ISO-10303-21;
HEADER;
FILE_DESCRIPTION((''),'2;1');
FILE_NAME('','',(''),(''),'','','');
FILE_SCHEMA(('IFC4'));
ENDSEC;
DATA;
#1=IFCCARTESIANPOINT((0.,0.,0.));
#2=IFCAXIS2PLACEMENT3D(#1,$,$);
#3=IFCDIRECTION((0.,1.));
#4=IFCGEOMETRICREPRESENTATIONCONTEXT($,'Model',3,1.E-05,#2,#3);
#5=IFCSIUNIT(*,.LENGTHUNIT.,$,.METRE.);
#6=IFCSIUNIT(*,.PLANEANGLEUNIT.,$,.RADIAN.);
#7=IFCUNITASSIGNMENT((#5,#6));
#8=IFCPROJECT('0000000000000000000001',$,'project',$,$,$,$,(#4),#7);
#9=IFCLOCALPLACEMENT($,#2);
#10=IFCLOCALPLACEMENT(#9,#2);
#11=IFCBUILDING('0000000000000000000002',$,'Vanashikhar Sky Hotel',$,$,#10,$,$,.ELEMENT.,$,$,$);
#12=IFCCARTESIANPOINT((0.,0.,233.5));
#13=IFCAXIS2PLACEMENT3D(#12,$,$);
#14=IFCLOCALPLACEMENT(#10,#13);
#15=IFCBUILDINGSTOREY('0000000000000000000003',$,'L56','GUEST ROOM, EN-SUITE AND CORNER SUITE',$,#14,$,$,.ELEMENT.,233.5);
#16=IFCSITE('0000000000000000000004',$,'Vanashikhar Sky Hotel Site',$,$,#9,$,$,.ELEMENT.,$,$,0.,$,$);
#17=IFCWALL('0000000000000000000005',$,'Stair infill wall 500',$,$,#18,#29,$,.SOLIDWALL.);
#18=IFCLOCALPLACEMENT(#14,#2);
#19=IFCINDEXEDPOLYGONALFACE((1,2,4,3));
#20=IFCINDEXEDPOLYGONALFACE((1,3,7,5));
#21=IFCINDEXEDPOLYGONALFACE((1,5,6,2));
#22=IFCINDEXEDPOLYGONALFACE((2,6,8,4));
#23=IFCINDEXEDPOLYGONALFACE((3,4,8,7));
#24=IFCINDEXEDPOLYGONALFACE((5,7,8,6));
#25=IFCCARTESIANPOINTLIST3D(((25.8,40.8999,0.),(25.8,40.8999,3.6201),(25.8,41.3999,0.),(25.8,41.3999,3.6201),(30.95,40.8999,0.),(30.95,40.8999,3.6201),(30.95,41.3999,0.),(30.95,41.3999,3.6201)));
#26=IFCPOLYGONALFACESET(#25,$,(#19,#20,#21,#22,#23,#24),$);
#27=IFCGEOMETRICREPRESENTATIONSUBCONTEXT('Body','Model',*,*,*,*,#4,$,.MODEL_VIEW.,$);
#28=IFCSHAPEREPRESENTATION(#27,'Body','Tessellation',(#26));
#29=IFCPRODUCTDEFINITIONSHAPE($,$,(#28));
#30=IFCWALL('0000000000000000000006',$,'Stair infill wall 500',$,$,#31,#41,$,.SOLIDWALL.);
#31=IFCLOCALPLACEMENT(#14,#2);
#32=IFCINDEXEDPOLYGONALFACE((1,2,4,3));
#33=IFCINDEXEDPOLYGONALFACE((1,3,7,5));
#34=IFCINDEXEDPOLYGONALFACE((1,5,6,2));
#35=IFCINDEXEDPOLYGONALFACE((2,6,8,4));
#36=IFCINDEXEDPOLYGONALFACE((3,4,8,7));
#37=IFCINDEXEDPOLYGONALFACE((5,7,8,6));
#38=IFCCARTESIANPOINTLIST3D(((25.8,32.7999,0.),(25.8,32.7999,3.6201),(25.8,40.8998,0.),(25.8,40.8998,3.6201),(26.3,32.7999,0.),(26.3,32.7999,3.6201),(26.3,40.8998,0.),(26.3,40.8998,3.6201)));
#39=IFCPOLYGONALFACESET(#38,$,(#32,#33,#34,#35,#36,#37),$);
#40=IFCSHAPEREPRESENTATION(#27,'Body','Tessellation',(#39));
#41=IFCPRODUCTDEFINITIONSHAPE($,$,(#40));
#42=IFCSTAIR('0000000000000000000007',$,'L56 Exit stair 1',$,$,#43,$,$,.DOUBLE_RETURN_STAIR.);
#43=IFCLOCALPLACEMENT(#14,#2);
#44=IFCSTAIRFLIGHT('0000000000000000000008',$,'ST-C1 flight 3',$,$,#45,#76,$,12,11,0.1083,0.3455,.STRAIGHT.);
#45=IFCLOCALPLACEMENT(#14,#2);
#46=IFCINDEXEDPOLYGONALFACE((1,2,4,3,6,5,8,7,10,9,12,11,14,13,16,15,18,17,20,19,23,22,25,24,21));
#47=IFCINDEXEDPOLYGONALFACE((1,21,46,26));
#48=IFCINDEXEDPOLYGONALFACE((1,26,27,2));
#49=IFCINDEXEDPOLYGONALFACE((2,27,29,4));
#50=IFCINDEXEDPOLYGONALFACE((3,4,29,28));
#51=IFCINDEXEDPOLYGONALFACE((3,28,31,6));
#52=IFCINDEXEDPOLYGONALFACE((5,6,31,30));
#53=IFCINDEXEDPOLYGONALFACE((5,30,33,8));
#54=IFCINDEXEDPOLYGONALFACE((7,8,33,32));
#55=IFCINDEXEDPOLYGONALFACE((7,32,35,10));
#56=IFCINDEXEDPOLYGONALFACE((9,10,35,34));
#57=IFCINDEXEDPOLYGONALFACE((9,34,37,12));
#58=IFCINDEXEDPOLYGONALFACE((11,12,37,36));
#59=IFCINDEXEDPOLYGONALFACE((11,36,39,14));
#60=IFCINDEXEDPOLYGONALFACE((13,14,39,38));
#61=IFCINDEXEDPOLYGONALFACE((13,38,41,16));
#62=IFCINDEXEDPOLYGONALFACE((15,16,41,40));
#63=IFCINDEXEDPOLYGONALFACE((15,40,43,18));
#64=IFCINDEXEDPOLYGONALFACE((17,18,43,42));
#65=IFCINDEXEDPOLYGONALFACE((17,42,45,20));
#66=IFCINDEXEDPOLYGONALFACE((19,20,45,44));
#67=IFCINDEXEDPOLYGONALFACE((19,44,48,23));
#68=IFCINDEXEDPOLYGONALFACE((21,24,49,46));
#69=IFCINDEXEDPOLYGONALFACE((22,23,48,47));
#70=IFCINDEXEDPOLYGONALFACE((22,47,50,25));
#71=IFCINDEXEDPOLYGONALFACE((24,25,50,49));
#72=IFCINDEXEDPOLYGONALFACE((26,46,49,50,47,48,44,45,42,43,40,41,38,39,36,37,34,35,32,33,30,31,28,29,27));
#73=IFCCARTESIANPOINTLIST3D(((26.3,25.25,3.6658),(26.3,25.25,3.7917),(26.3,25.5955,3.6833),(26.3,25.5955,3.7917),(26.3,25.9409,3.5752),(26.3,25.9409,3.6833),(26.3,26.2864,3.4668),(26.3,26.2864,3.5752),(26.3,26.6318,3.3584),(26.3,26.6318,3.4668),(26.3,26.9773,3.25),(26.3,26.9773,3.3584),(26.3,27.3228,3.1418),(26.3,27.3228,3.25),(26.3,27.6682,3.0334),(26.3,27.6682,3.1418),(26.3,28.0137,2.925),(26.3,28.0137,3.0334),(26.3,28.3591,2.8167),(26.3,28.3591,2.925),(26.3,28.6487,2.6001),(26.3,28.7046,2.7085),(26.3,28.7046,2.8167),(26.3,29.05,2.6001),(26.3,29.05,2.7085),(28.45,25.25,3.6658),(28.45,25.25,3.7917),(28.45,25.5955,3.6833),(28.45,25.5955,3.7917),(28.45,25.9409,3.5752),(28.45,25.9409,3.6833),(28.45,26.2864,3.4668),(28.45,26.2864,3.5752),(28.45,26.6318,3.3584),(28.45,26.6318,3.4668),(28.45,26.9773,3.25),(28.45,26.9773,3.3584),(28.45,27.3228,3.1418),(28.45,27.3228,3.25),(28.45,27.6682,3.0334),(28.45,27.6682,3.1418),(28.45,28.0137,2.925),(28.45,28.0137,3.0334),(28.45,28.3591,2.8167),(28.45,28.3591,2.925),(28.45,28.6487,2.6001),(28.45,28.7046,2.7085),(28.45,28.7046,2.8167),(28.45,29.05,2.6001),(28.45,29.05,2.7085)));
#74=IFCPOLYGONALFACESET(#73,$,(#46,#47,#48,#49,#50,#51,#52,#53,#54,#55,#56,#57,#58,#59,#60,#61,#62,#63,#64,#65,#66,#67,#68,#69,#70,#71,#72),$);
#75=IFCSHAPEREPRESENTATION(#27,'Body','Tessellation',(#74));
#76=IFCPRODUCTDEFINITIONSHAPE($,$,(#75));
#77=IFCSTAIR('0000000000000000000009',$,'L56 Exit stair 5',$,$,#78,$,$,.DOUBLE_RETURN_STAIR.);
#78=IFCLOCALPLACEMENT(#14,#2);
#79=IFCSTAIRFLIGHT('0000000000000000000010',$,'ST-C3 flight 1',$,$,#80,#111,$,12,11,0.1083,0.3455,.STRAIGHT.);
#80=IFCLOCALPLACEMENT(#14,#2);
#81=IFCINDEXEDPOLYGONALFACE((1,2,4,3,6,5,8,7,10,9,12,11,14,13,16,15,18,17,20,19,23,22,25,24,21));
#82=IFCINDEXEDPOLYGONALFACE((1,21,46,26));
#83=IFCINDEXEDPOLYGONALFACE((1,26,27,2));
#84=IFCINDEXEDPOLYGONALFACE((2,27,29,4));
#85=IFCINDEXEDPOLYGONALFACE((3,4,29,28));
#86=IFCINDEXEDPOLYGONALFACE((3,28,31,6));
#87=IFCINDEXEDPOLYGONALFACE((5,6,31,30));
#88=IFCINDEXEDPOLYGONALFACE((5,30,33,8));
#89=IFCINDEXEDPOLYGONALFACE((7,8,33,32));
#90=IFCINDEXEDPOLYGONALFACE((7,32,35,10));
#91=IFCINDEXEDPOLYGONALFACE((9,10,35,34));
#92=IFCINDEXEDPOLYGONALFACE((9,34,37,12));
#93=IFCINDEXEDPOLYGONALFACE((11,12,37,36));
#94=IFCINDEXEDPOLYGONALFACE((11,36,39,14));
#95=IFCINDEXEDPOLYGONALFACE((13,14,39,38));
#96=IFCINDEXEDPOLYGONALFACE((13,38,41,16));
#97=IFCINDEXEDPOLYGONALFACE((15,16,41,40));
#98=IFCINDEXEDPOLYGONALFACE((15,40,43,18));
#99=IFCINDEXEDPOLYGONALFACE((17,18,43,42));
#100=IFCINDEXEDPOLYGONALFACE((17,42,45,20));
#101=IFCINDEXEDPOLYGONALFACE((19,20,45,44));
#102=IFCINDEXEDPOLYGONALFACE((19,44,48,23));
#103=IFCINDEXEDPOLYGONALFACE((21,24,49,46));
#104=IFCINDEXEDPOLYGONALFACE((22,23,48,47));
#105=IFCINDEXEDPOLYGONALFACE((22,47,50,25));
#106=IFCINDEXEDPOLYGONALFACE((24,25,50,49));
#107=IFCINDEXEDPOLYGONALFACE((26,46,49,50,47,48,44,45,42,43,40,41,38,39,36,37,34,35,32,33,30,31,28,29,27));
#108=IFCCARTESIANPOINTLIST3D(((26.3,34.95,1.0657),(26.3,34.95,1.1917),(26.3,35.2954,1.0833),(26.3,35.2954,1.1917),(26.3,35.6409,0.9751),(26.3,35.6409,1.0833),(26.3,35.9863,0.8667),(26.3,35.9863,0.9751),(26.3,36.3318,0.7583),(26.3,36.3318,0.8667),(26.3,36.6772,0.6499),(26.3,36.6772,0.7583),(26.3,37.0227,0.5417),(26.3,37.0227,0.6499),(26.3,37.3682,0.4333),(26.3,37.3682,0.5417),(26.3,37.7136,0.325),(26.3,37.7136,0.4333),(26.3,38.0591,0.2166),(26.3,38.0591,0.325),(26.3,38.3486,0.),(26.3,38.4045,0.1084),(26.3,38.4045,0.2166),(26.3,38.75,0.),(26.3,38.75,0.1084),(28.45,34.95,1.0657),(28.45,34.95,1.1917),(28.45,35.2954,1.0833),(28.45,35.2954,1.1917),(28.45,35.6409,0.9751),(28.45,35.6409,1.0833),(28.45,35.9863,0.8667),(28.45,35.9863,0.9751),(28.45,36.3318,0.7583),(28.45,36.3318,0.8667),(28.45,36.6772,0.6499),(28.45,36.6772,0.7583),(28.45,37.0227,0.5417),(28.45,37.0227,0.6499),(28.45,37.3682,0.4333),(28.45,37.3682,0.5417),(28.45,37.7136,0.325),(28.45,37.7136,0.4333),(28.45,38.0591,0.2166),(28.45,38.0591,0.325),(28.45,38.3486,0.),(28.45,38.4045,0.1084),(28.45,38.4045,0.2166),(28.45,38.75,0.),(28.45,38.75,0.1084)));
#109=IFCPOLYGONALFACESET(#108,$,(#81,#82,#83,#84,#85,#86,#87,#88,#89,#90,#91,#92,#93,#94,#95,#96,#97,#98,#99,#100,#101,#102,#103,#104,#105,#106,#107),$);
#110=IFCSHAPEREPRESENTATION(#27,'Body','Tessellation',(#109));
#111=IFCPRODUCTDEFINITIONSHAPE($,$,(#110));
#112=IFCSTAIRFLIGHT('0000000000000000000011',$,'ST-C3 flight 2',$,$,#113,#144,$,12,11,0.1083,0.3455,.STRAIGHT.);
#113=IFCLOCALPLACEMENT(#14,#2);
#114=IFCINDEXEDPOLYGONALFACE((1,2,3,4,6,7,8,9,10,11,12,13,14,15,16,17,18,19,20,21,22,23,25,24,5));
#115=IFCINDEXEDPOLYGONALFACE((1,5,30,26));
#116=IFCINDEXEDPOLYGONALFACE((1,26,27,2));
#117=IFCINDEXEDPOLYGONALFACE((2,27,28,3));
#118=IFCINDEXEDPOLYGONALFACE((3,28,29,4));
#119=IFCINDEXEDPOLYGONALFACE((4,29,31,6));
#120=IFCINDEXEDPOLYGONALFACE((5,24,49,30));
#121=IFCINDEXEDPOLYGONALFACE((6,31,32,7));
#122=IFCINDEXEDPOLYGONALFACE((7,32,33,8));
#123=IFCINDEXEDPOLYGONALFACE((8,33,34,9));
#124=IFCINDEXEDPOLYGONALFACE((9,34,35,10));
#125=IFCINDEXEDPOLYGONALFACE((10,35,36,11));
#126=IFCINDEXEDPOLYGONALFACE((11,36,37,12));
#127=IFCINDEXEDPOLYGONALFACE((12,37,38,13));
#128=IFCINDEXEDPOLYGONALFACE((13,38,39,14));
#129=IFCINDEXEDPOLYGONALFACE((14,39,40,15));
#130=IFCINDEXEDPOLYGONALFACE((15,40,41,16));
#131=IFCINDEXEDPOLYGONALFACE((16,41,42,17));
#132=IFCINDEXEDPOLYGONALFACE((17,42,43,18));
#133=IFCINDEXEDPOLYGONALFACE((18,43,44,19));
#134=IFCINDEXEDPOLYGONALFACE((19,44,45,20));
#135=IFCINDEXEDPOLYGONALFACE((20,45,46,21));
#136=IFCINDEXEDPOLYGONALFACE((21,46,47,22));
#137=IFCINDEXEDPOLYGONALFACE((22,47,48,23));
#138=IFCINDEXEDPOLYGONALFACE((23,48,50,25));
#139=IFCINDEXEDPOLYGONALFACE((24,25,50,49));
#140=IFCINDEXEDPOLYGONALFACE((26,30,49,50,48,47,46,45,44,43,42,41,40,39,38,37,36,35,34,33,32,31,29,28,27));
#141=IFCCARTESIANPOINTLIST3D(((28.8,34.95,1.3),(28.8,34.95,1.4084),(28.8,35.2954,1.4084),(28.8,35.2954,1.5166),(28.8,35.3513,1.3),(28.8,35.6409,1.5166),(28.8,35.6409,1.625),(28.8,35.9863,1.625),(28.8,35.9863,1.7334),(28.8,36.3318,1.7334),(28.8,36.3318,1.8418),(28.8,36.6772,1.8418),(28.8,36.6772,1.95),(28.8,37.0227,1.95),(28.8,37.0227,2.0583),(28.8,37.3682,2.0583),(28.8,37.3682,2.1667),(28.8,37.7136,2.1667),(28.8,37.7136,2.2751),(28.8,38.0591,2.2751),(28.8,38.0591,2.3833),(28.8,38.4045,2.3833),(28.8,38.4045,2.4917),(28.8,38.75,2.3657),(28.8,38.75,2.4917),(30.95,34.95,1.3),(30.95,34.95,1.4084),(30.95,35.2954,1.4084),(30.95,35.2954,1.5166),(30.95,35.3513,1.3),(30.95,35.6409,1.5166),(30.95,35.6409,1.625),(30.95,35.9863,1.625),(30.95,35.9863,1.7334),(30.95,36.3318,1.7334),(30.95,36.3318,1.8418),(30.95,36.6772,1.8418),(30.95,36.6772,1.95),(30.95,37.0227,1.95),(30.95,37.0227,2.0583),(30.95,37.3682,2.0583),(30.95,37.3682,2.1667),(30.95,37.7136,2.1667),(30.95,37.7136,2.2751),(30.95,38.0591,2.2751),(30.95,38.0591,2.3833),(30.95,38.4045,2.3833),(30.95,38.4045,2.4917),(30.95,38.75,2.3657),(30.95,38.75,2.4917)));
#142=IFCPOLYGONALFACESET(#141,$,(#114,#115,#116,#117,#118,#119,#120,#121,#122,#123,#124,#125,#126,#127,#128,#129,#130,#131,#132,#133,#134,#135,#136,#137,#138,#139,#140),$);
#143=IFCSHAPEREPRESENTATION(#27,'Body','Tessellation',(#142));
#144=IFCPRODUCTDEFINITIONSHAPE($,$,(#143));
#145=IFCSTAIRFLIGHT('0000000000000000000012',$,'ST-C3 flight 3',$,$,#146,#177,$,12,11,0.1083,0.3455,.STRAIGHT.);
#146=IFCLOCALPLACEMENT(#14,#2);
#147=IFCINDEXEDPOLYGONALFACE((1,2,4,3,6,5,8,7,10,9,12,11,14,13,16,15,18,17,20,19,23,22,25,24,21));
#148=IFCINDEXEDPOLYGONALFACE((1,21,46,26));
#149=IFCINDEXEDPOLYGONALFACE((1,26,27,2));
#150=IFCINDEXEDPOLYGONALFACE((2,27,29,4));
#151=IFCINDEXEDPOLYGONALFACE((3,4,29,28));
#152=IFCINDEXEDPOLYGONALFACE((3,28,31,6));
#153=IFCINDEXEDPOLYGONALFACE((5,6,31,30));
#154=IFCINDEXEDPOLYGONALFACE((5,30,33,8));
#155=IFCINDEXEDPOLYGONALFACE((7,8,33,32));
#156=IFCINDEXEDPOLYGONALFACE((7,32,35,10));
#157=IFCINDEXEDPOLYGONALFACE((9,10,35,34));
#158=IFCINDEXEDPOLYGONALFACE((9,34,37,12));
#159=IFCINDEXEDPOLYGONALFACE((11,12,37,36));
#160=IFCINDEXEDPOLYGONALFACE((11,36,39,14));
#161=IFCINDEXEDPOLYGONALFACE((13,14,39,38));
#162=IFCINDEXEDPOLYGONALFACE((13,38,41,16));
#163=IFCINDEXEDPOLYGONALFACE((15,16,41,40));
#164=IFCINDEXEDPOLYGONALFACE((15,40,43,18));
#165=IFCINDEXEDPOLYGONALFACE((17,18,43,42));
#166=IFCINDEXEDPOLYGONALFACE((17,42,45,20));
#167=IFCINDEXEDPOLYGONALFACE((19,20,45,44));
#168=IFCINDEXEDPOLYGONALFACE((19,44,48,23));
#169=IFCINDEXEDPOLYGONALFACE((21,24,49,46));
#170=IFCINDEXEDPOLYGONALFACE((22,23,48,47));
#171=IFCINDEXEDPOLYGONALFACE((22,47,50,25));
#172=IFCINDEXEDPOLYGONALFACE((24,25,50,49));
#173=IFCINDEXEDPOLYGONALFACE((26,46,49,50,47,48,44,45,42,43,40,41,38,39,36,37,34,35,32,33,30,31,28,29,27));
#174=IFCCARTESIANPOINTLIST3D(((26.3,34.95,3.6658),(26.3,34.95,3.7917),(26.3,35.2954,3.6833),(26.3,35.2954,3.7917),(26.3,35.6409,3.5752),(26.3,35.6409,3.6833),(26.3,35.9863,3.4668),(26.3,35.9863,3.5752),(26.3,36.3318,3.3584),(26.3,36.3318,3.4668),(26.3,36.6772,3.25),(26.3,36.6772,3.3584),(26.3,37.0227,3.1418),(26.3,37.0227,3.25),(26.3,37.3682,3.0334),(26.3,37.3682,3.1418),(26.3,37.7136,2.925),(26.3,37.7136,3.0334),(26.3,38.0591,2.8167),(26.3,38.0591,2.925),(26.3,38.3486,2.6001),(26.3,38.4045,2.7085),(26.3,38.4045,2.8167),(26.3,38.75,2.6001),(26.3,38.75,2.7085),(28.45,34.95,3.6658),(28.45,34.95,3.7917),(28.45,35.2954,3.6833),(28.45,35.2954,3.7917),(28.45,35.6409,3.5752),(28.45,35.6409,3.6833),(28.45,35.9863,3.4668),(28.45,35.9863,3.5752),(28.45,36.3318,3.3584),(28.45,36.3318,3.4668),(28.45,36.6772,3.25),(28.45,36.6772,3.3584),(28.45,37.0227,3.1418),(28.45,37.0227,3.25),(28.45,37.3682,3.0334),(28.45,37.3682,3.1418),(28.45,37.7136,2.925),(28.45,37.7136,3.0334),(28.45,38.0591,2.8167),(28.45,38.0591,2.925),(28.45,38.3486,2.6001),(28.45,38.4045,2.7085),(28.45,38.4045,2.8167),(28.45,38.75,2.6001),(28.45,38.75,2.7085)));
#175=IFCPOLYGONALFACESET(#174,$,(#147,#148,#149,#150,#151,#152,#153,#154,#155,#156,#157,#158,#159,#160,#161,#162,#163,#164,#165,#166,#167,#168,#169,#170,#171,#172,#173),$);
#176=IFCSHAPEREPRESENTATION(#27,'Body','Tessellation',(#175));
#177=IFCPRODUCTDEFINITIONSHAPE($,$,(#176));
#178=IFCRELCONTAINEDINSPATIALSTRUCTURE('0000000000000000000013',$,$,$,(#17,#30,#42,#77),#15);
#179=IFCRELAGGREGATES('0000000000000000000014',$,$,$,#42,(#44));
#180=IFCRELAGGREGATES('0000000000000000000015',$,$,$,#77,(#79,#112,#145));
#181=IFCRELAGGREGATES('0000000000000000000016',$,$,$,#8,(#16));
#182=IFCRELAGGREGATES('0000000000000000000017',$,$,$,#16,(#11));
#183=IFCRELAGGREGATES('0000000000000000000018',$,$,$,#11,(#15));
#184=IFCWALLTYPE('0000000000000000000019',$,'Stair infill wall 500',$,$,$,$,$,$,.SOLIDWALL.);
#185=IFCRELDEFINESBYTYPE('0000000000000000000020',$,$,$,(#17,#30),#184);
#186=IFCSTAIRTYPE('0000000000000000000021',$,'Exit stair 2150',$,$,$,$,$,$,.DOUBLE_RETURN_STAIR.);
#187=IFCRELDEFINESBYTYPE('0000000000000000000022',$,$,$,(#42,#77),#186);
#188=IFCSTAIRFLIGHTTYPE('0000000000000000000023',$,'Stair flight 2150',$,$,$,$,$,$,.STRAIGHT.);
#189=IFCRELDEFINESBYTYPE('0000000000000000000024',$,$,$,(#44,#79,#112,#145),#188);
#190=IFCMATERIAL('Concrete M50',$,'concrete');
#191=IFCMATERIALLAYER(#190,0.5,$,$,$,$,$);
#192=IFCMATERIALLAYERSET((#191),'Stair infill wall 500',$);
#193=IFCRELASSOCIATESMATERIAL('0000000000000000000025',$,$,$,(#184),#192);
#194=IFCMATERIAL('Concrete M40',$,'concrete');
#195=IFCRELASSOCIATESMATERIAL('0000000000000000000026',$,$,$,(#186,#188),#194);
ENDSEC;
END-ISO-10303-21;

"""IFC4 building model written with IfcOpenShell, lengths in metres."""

from ifc_helpers import new_model, si_unit, direction, frame, frame_2d, origin, place, context, subcontext, project, spatial, polyline, rectangle, outline, extrude, source, transform, mapped, material, layer, layer_set, type_object, element, aggregate, save


model = new_model("IFC4")

# Units and contexts
model_context = context("Model", 3, precision=1e-05, world=origin(), true_north=direction((0.0, 1.0)))
body_context = subcontext(model_context, "Body", "Model", "MODEL_VIEW")
ifc_project = project(units=[si_unit("LENGTHUNIT", "METRE"), si_unit("PLANEANGLEUNIT", "RADIAN")], contexts=[model_context])

# Site, building, storey
site_placement = place(None, origin())
site = spatial("IfcSite", under=ifc_project, at=site_placement, Name="Vanashikhar Sky Hotel Site", CompositionType="ELEMENT", RefElevation=0.0)
building_placement = place(site_placement, origin())
building = spatial("IfcBuilding", under=site, at=building_placement, Name="Vanashikhar Sky Hotel", CompositionType="ELEMENT")
storey_placement = place(building_placement, frame((0.0, 0.0, 233.5)))
storey = spatial("IfcBuildingStorey", under=building, at=storey_placement, Name="L56", Description="GUEST ROOM, EN-SUITE AND CORNER SUITE", CompositionType="ELEMENT", Elevation=233.5)

# Shared definitions
ifc_material_1 = material(Name="Concrete M40", Category="concrete")

# Shared definitions
ifc_material_2 = material(Name="Concrete M50", Category="concrete")

# Walls
ifc_layer_1 = layer(ifc_material_2, 0.5)
ifc_layer_set_1 = layer_set([ifc_layer_1], Name="Stair infill wall 500")
wall_type_1 = type_object("IfcWallType", Name="Stair infill wall 500", PredefinedType="SOLIDWALL", material=ifc_layer_set_1)
shared_shape_1 = source(origin(), body_context, "Body", "SweptSolid", [
    extrude(rectangle(XDim=5.1499, YDim=0.5, at=frame_2d((2.575, 0.0))), origin(), (0.0, 0.0, 1.0), 3.6201),
])
wall_1_placement = place(storey_placement, frame((25.8, 41.1499, 0.0), z_axis=(0.0, 0.0, 1.0), x_axis=(1.0, 0.0, 0.0)))
element("IfcWall", 1, at=wall_1_placement, inside=storey, type_object=wall_type_1, Name="Stair infill wall 500", PredefinedType="SOLIDWALL", context=body_context, shape_type="MappedRepresentation", body=[
    mapped(shared_shape_1, transform((0.0, 0.0, 0.0), scale=1.0)),
])
shared_shape_2 = source(origin(), body_context, "Body", "SweptSolid", [
    extrude(rectangle(XDim=8.0999, YDim=0.5, at=frame_2d((4.0498, 0.0))), origin(), (0.0, 0.0, 1.0), 3.6201),
])
wall_2_placement = place(storey_placement, frame((26.05, 32.8, 0.0), z_axis=(0.0, 0.0, 1.0), x_axis=(0.0, 1.0, 0.0)))
element("IfcWall", 2, at=wall_2_placement, inside=storey, type_object=wall_type_1, Name="Stair infill wall 500", PredefinedType="SOLIDWALL", context=body_context, shape_type="MappedRepresentation", body=[
    mapped(shared_shape_2, transform((0.0, 0.0, 0.0), scale=1.0)),
])

# Stair, stair flight
stair_type = type_object("IfcStairType", Name="Exit stair 2150", PredefinedType="DOUBLE_RETURN_STAIR", material=ifc_material_1)
stair_1_placement = place(storey_placement, origin())
stair_1 = element("IfcStair", 3, at=stair_1_placement, inside=storey, type_object=stair_type, Name="L56 Exit stair 1", PredefinedType="DOUBLE_RETURN_STAIR")
stair_flight_type = type_object("IfcStairFlightType", Name="Stair flight 2150", PredefinedType="STRAIGHT", material=ifc_material_1)
shared_shape_3 = source(origin(), body_context, "Body", "SweptSolid", [
    extrude(outline(polyline([(0.0, 0.0), (0.0, 0.1084), (0.3455, 0.1084), (0.3455, 0.2166), (0.6909, 0.2166), (0.6909, 0.325), (1.0364, 0.325), (1.0364, 0.4333), (1.3818, 0.4333), (1.3818, 0.5417), (1.7273, 0.5417), (1.7273, 0.6499), (2.0728, 0.6499), (2.0728, 0.7583), (2.4182, 0.7583), (2.4182, 0.8667), (2.7637, 0.8667), (2.7637, 0.9751), (3.1091, 0.9751), (3.1091, 1.0833), (3.4546, 1.0833), (3.4546, 1.1917), (3.8, 1.1917), (3.8, 1.3), (3.8, 1.0657), (0.4014, 0.0), (0.0, 0.0)])), frame((0.0, 1.075, 0.0), z_axis=(0.0, -1.0, 0.0), x_axis=(1.0, 0.0, 0.0)), (0.0, 0.0, 1.0), 2.1499),
])
stair_flight_1_placement = place(storey_placement, frame((27.375, 29.05, 2.6001), z_axis=(0.0, 0.0, 1.0), x_axis=(0.0, -1.0, 0.0)))
stair_flight_1 = element("IfcStairFlight", 4, at=stair_flight_1_placement, type_object=stair_flight_type, Name="ST-C1 flight 3", NumberOfRisers=12, NumberOfTreads=11, PredefinedType="STRAIGHT", RiserHeight=0.1083, TreadLength=0.3455, context=body_context, shape_type="MappedRepresentation", body=[
    mapped(shared_shape_3, transform((0.0, 0.0, 0.0), scale=1.0)),
])
aggregate(stair_1, [stair_flight_1])

# Stair, stair flights
stair_2_placement = place(storey_placement, origin())
stair_2 = element("IfcStair", 5, at=stair_2_placement, inside=storey, type_object=stair_type, Name="L56 Exit stair 5", PredefinedType="DOUBLE_RETURN_STAIR")
stair_flight_2_placement = place(storey_placement, frame((27.375, 38.75, 0.0), z_axis=(0.0, 0.0, 1.0), x_axis=(0.0, -1.0, 0.0)))
stair_flight_2 = element("IfcStairFlight", 6, at=stair_flight_2_placement, type_object=stair_flight_type, Name="ST-C3 flight 1", NumberOfRisers=12, NumberOfTreads=11, PredefinedType="STRAIGHT", RiserHeight=0.1083, TreadLength=0.3455, context=body_context, shape_type="MappedRepresentation", body=[
    mapped(shared_shape_3, transform((0.0, 0.0, 0.0), scale=1.0)),
])
stair_flight_3_placement = place(storey_placement, frame((29.875, 34.95, 1.3), z_axis=(0.0, 0.0, 1.0), x_axis=(0.0, 1.0, 0.0)))
stair_flight_3 = element("IfcStairFlight", 7, at=stair_flight_3_placement, type_object=stair_flight_type, Name="ST-C3 flight 2", NumberOfRisers=12, NumberOfTreads=11, PredefinedType="STRAIGHT", RiserHeight=0.1083, TreadLength=0.3455, context=body_context, shape_type="MappedRepresentation", body=[
    mapped(shared_shape_3, transform((0.0, 0.0, 0.0), scale=1.0)),
])
stair_flight_4_placement = place(storey_placement, frame((27.375, 38.75, 2.6001), z_axis=(0.0, 0.0, 1.0), x_axis=(0.0, -1.0, 0.0)))
stair_flight_4 = element("IfcStairFlight", 8, at=stair_flight_4_placement, type_object=stair_flight_type, Name="ST-C3 flight 3", NumberOfRisers=12, NumberOfTreads=11, PredefinedType="STRAIGHT", RiserHeight=0.1083, TreadLength=0.3455, context=body_context, shape_type="MappedRepresentation", body=[
    mapped(shared_shape_3, transform((0.0, 0.0, 0.0), scale=1.0)),
])
aggregate(stair_2, [stair_flight_2, stair_flight_3, stair_flight_4])

save(model, "model.ifc")
